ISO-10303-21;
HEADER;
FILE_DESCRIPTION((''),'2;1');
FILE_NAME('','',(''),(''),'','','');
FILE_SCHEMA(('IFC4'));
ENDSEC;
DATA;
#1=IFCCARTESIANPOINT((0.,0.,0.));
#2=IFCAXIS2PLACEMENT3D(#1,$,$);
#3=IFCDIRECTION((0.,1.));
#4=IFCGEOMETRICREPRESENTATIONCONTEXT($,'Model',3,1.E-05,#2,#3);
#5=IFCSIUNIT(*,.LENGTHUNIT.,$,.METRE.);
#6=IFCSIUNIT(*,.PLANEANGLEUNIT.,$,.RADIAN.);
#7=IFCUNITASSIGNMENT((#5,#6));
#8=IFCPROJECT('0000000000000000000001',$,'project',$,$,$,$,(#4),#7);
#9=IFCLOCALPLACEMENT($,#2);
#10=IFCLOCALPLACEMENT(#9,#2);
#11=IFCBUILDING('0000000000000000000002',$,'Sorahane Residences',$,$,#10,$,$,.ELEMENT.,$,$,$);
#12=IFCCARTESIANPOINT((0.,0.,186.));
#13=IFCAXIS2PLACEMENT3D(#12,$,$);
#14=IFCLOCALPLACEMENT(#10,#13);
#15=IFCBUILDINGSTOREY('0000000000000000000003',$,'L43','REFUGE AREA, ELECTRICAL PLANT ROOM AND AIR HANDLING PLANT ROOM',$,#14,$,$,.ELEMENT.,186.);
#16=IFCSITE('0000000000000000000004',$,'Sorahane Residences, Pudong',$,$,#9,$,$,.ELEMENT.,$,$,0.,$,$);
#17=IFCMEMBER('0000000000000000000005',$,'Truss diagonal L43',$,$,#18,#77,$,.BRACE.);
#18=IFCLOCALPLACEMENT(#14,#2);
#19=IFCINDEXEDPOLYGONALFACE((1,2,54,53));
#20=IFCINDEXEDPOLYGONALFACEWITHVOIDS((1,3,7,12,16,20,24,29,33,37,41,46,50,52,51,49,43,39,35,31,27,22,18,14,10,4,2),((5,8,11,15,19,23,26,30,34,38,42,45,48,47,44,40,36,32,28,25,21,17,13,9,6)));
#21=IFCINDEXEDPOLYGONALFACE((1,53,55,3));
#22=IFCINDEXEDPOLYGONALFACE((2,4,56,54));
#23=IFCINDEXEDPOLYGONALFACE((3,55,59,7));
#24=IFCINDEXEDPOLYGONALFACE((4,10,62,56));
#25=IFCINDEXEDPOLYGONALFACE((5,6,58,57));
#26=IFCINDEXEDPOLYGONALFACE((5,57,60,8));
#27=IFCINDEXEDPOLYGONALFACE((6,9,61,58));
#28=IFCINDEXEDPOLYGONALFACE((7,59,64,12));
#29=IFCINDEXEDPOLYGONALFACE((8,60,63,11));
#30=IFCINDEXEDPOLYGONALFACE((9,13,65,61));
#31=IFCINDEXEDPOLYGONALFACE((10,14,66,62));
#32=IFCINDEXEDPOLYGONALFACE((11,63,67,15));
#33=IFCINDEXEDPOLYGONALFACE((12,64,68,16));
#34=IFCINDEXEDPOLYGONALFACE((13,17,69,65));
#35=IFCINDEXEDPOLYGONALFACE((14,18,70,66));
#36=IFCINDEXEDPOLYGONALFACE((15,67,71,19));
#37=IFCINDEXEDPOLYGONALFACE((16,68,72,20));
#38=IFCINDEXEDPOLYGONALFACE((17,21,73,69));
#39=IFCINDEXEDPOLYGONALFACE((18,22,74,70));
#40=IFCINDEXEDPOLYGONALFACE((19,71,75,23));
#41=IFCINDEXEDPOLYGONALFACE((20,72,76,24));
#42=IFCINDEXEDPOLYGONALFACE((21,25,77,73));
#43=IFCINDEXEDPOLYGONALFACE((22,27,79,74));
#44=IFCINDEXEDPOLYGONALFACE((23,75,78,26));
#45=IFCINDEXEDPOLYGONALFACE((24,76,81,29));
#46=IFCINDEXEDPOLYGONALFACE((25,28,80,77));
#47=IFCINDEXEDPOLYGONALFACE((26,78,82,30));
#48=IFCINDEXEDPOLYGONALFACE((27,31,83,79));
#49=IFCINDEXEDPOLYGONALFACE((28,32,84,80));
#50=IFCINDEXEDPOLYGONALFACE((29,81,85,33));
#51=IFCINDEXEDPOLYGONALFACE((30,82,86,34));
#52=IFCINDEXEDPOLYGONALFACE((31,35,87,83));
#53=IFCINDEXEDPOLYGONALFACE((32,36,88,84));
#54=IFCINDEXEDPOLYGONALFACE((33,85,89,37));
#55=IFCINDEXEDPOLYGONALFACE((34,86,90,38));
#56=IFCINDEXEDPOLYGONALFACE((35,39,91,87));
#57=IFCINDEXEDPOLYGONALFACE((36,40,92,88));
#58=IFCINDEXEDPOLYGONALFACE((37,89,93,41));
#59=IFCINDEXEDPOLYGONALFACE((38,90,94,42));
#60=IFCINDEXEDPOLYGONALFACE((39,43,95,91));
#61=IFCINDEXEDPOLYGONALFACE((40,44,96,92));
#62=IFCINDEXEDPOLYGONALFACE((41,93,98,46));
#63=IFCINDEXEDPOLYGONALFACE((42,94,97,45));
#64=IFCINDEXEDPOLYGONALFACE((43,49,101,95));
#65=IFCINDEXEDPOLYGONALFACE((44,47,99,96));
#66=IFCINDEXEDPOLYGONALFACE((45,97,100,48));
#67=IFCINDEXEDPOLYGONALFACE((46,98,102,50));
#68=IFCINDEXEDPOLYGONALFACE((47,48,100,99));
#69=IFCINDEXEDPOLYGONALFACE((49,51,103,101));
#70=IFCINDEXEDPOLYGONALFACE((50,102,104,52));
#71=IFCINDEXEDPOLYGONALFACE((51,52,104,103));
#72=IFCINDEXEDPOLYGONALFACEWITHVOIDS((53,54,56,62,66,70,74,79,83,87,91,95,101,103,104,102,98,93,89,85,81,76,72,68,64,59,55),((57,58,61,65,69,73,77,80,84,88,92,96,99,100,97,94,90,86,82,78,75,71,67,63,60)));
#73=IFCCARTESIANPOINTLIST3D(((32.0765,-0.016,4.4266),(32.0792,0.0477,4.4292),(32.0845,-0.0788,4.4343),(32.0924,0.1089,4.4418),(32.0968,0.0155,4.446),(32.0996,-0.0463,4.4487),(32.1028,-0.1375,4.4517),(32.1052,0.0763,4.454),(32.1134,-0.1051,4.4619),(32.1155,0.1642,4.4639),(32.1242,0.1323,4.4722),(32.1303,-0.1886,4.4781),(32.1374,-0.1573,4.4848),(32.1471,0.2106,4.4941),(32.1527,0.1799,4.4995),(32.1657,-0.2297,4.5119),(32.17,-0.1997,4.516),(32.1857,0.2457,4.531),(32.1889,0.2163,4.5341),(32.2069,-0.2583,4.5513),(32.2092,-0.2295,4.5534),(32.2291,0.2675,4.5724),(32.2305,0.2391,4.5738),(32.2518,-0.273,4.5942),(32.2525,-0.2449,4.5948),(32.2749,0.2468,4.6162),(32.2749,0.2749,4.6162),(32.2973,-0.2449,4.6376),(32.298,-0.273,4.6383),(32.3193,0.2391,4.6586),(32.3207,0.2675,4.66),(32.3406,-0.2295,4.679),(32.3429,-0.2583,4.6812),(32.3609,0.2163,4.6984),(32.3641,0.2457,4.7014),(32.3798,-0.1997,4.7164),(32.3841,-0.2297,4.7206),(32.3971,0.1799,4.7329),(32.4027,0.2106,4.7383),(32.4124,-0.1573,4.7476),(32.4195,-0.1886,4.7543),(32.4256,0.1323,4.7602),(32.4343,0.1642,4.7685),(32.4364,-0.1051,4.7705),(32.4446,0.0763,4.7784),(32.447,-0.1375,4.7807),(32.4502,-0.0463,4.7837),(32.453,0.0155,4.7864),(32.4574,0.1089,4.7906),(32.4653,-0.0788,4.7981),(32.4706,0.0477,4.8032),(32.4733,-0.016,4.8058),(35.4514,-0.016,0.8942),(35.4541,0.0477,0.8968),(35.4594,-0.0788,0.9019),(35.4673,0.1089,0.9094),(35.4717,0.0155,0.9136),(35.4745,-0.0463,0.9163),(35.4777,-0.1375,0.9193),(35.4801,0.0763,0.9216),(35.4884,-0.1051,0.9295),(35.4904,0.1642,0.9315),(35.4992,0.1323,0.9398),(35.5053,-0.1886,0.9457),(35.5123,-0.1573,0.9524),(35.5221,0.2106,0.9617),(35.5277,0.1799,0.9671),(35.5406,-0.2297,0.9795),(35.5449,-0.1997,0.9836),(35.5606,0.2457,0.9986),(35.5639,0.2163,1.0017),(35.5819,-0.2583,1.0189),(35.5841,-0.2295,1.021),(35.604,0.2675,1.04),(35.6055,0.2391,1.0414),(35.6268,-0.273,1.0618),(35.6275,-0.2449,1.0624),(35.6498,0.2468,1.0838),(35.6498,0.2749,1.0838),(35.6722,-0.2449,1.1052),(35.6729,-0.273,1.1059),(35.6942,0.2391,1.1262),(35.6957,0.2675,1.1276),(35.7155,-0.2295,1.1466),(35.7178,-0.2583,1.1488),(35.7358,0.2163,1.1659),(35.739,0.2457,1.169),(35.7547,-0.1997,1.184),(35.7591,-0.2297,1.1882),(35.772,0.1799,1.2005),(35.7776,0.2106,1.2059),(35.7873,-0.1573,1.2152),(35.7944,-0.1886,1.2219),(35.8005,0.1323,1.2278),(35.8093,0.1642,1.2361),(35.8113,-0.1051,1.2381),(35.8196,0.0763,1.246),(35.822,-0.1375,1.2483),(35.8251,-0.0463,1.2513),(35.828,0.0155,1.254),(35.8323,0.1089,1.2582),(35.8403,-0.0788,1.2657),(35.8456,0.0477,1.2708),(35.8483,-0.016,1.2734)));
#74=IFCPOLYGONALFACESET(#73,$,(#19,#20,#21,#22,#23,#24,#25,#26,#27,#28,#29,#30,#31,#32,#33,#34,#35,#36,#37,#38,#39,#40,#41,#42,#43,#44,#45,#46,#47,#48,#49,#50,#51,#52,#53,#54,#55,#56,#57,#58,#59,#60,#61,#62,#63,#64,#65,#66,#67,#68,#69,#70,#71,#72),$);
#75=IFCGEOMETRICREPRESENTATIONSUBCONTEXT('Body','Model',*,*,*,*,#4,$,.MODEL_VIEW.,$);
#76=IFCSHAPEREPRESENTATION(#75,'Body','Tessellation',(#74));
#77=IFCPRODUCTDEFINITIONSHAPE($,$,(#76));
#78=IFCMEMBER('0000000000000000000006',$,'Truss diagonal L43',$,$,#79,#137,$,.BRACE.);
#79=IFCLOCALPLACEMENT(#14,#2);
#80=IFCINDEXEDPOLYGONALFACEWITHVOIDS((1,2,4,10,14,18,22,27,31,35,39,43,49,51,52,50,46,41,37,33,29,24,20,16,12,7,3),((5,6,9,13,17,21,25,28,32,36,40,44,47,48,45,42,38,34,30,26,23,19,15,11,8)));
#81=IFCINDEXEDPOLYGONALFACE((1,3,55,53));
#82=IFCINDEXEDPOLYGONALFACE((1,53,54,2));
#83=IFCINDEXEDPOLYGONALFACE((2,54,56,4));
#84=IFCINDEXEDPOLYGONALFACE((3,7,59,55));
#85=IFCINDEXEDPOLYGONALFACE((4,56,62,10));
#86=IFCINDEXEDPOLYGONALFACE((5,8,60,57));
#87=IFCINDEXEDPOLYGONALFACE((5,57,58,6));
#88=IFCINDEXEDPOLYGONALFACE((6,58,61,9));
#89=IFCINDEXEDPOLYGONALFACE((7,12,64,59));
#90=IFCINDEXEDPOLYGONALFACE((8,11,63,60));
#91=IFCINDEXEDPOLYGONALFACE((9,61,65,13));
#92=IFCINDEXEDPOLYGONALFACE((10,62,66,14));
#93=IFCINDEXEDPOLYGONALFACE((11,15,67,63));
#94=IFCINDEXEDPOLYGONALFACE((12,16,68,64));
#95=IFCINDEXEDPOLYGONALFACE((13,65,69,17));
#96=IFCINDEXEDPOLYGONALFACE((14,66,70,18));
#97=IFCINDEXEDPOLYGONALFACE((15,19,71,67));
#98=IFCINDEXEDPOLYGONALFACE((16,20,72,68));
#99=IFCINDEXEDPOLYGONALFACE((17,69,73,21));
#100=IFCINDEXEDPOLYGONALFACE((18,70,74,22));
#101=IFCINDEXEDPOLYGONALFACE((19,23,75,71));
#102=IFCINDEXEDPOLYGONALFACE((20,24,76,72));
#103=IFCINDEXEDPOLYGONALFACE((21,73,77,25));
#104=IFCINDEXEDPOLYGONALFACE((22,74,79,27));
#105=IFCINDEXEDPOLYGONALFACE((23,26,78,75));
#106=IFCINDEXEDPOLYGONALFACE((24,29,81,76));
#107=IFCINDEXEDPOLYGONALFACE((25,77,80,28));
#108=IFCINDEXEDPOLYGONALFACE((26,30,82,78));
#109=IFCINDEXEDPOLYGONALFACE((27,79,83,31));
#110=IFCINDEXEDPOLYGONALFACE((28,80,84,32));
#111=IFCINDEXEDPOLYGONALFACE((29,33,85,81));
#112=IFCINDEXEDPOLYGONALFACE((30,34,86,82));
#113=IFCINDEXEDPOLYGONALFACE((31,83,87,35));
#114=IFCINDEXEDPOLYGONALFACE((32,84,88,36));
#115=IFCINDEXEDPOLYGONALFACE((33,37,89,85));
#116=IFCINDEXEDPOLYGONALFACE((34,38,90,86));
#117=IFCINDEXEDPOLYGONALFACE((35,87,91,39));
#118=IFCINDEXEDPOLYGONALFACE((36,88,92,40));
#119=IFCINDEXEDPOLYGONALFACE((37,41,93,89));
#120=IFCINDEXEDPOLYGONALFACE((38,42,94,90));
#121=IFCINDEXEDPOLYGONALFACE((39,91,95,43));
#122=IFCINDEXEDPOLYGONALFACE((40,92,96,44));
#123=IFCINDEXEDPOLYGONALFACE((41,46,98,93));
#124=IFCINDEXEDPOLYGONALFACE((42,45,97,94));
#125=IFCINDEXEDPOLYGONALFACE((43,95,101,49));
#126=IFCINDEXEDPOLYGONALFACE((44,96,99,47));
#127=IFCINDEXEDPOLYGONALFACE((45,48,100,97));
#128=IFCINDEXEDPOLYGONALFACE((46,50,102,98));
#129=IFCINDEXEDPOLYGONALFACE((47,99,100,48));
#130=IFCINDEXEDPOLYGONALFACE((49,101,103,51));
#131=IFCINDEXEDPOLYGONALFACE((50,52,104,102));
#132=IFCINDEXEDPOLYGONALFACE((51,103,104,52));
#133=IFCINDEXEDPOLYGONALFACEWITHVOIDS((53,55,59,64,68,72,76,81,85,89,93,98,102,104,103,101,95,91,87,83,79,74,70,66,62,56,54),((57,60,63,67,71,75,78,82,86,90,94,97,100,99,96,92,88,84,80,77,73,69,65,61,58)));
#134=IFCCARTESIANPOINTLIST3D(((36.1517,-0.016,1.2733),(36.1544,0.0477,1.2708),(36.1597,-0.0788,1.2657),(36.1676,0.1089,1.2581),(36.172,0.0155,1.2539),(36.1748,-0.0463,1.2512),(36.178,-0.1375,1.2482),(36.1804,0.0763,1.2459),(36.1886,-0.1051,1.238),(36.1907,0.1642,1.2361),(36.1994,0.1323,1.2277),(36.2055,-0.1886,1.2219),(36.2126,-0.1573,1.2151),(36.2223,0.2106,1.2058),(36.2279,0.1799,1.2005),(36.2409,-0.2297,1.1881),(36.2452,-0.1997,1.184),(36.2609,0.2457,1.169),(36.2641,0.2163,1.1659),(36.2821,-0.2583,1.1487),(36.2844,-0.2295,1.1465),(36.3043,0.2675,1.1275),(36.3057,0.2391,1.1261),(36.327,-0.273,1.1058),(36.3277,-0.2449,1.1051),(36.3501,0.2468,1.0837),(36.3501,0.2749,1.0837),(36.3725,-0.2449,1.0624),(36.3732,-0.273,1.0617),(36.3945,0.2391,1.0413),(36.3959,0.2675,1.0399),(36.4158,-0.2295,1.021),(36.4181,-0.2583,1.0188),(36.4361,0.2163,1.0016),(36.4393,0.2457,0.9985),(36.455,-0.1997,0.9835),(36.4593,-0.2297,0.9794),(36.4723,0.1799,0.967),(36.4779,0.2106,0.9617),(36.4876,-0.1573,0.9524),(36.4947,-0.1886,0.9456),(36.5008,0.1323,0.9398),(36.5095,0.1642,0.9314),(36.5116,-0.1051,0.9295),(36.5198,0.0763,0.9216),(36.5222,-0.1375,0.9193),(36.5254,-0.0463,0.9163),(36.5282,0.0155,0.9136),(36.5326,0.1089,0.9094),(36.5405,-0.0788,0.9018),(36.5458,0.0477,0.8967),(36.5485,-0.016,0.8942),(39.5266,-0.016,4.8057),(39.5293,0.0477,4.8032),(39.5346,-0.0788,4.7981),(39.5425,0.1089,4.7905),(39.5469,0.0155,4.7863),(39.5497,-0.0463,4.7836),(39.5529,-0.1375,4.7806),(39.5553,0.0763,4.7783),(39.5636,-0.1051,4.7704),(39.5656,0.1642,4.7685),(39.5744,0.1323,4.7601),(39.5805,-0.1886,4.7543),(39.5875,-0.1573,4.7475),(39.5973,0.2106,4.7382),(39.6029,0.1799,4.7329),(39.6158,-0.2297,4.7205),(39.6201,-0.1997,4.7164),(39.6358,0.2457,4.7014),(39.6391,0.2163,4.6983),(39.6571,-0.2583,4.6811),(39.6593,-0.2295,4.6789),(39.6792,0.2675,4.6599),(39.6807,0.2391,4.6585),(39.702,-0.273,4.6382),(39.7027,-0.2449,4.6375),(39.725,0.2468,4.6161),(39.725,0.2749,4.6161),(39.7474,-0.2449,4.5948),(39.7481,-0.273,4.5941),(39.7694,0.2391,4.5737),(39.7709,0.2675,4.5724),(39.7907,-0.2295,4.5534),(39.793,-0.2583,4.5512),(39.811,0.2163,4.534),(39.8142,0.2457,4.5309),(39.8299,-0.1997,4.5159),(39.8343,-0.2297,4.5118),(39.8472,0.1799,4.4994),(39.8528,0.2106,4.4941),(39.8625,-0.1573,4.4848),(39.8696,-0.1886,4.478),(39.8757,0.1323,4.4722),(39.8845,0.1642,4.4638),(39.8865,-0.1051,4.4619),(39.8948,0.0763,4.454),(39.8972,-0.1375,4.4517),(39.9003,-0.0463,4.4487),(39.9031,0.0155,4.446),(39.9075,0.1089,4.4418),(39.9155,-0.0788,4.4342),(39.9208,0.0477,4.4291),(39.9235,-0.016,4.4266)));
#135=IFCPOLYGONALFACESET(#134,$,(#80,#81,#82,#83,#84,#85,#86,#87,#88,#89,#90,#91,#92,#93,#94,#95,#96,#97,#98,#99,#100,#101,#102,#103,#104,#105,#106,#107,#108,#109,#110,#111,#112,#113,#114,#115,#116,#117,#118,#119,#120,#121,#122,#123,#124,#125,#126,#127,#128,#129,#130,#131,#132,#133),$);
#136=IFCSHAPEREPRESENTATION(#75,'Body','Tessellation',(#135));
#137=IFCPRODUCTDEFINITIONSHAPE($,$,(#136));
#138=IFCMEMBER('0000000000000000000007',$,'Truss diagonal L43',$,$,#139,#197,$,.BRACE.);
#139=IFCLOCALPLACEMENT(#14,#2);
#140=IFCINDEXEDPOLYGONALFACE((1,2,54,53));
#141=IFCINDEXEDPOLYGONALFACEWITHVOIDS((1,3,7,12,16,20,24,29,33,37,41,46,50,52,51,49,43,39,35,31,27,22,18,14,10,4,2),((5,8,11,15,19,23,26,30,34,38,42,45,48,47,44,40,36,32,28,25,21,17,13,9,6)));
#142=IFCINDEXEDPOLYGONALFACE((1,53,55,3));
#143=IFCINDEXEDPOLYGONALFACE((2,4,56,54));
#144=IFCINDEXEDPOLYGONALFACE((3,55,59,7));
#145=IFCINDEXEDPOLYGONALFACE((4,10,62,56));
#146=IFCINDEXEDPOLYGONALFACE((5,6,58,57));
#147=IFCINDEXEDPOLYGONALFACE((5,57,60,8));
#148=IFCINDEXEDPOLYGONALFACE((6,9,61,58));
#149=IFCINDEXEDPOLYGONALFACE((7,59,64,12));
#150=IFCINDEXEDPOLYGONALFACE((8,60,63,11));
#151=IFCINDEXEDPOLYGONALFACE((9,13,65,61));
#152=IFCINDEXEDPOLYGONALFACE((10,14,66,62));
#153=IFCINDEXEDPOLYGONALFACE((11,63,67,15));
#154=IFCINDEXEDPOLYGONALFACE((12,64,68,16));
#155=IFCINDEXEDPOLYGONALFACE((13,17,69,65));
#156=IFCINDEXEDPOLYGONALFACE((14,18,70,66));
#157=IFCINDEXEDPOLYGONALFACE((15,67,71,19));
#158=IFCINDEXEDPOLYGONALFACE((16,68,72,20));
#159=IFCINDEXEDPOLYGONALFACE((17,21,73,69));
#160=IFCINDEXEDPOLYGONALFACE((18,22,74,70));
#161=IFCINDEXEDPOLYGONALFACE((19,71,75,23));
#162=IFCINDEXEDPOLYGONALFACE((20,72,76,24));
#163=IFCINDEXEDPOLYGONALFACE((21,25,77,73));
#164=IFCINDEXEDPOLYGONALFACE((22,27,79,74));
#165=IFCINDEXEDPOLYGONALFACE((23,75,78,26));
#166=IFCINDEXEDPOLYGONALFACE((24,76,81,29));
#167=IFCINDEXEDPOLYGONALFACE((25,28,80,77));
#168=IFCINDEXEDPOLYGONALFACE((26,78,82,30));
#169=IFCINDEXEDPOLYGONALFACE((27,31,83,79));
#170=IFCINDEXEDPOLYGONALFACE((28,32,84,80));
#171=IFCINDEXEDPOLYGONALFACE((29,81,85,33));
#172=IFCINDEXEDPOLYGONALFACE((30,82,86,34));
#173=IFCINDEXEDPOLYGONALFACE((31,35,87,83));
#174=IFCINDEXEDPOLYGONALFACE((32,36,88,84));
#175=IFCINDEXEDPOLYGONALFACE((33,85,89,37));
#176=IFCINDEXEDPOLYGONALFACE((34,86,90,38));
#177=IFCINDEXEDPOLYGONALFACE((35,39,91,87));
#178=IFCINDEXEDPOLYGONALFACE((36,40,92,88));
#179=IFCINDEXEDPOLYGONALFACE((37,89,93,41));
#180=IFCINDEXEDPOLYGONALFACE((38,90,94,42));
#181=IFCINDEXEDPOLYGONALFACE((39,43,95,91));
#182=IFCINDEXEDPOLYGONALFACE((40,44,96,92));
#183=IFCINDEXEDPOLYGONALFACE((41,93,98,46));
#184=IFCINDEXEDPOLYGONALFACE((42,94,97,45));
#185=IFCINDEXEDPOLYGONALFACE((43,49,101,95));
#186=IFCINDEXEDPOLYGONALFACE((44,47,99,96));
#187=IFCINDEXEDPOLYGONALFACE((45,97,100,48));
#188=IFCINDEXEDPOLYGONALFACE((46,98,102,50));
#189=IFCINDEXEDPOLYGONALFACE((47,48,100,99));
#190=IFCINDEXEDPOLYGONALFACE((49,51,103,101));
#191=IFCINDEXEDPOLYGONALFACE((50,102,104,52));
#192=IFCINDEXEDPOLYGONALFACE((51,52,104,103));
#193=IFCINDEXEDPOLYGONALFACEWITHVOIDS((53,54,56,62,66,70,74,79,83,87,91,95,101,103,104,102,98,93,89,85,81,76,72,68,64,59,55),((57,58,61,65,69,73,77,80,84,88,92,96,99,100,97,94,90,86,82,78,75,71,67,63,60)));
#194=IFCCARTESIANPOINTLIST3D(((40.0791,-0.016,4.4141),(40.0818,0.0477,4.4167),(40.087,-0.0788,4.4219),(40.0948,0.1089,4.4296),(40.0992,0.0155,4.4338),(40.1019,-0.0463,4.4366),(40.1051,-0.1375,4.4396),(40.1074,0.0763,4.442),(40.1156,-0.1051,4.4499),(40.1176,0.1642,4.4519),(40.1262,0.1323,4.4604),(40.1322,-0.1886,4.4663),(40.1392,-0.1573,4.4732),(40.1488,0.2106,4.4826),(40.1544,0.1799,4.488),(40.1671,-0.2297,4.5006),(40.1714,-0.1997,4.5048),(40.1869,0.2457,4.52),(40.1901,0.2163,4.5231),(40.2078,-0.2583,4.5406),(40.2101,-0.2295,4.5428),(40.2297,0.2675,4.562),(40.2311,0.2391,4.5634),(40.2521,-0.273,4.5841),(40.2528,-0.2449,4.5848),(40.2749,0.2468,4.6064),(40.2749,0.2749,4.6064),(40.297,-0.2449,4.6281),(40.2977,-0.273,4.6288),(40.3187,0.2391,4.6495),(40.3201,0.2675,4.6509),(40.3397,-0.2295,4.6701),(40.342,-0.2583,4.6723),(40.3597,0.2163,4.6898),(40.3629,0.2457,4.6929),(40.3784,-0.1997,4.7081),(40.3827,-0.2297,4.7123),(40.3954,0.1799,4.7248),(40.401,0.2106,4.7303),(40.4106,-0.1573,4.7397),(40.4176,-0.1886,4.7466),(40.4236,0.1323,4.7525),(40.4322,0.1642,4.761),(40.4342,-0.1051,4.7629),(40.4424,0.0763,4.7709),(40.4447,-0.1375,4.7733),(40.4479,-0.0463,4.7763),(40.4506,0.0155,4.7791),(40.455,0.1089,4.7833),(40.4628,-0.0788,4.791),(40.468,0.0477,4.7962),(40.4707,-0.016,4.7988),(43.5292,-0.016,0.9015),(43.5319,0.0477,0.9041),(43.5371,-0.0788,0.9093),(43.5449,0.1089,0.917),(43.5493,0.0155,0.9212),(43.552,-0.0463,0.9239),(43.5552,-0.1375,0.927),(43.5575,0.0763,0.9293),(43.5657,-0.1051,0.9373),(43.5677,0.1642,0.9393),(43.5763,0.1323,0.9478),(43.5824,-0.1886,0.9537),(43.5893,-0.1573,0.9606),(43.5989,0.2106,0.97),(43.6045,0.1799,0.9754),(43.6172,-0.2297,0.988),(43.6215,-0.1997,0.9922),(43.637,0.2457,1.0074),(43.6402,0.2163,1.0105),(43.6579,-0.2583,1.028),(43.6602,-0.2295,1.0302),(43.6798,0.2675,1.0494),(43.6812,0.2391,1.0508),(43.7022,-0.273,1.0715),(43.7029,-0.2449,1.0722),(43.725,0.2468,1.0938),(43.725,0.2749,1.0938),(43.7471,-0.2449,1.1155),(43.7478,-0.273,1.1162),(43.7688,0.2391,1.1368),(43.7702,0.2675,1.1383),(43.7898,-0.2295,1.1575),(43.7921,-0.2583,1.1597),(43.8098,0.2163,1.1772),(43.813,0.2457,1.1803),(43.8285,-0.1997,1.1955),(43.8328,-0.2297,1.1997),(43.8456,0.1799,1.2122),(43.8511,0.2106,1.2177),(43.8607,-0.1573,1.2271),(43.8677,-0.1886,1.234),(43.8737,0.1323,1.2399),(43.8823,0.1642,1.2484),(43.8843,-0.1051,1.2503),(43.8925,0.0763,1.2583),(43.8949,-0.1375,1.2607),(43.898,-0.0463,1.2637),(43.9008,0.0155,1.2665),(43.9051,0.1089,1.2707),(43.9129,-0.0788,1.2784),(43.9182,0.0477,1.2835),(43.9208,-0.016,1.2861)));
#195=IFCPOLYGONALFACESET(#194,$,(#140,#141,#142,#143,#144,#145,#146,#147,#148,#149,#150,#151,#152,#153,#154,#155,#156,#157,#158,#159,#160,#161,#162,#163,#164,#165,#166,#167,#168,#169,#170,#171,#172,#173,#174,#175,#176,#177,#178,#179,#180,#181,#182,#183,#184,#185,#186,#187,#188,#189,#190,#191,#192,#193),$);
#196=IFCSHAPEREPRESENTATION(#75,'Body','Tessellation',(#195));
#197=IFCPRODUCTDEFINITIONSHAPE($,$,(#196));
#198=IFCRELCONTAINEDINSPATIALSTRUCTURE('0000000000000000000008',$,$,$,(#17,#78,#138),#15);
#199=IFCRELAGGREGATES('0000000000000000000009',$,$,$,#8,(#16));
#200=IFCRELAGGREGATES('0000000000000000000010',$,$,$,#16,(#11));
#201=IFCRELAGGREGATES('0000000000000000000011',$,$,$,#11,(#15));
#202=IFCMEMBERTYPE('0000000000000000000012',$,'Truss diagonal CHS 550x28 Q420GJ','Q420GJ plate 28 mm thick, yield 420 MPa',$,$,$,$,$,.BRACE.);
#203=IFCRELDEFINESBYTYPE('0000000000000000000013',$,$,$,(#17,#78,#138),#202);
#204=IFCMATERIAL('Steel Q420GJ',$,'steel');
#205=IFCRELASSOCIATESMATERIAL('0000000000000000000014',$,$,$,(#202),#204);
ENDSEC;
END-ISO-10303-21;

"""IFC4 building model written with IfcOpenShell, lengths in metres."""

from ifc_helpers import new_model, si_unit, direction, frame, origin, origin_2d, place, context, subcontext, project, spatial, hollow_circle, extrude, material, material_profile, profile_set, type_object, element, save


model = new_model("IFC4")

# Units and contexts
model_context = context("Model", 3, precision=1e-05, world=origin(), true_north=direction((0.0, 1.0)))
body_context = subcontext(model_context, "Body", "Model", "MODEL_VIEW")
ifc_project = project(units=[si_unit("LENGTHUNIT", "METRE"), si_unit("PLANEANGLEUNIT", "RADIAN")], contexts=[model_context])

# Site, building, storey
site_placement = place(None, origin())
site = spatial("IfcSite", under=ifc_project, at=site_placement, Name="Sorahane Residences, Pudong", CompositionType="ELEMENT", RefElevation=0.0)
building_placement = place(site_placement, origin())
building = spatial("IfcBuilding", under=site, at=building_placement, Name="Sorahane Residences", CompositionType="ELEMENT")
storey_placement = place(building_placement, frame((0.0, 0.0, 186.0)))
storey = spatial("IfcBuildingStorey", under=building, at=storey_placement, Name="L43", Description="REFUGE AREA, ELECTRICAL PLANT ROOM AND AIR HANDLING PLANT ROOM", CompositionType="ELEMENT", Elevation=186.0)

# Members
ifc_material_1 = material(Name="Steel Q420GJ", Category="steel")
ifc_material_profile_1 = material_profile(ifc_material_1, hollow_circle(Radius=0.2749, WallThickness=0.0281, at=origin_2d()), Name="CHS 550x28")
ifc_profile_set_1 = profile_set([ifc_material_profile_1], Name="Steel Q420GJ")
member_type = type_object("IfcMemberType", Name="Truss diagonal CHS 550x28 Q420GJ", Description="Q420GJ plate 28 mm thick, yield 420 MPa", PredefinedType="BRACE", material=ifc_profile_set_1)
for number, where, z_axis, x_axis, name in (
    (1, (32.2749, 0.0, 4.6162), (0.690807, 0.0, -0.723039), (0.0, 1.0, 0.0), "Truss diagonal L43"),
    (2, (36.3501, 0.0, 1.0837), (0.690807, 0.0, 0.723039), (0.0, 1.0, 0.0), "Truss diagonal L43"),
):
    element("IfcMember", number, at=place(storey_placement, frame(where, z_axis=z_axis, x_axis=x_axis)), inside=storey, type_object=member_type, Name=name, PredefinedType="BRACE", context=body_context, shape_type="SweptSolid", body=[
        extrude(hollow_circle(Radius=0.2749, WallThickness=0.0281, at=origin_2d()), origin(), (0.0, 0.0, 1.0), 4.8855),
    ])
member_1_placement = place(storey_placement, frame((40.2749, 0.0, 4.6064), z_axis=(0.700731, 0.0, -0.713425), x_axis=(0.0, 1.0, 0.0)))
element("IfcMember", 3, at=member_1_placement, inside=storey, type_object=member_type, Name="Truss diagonal L43", PredefinedType="BRACE", context=body_context, shape_type="SweptSolid", body=[
    extrude(hollow_circle(Radius=0.2749, WallThickness=0.0281, at=origin_2d()), origin(), (0.0, 0.0, 1.0), 4.9236),
])

save(model, "model.ifc")
